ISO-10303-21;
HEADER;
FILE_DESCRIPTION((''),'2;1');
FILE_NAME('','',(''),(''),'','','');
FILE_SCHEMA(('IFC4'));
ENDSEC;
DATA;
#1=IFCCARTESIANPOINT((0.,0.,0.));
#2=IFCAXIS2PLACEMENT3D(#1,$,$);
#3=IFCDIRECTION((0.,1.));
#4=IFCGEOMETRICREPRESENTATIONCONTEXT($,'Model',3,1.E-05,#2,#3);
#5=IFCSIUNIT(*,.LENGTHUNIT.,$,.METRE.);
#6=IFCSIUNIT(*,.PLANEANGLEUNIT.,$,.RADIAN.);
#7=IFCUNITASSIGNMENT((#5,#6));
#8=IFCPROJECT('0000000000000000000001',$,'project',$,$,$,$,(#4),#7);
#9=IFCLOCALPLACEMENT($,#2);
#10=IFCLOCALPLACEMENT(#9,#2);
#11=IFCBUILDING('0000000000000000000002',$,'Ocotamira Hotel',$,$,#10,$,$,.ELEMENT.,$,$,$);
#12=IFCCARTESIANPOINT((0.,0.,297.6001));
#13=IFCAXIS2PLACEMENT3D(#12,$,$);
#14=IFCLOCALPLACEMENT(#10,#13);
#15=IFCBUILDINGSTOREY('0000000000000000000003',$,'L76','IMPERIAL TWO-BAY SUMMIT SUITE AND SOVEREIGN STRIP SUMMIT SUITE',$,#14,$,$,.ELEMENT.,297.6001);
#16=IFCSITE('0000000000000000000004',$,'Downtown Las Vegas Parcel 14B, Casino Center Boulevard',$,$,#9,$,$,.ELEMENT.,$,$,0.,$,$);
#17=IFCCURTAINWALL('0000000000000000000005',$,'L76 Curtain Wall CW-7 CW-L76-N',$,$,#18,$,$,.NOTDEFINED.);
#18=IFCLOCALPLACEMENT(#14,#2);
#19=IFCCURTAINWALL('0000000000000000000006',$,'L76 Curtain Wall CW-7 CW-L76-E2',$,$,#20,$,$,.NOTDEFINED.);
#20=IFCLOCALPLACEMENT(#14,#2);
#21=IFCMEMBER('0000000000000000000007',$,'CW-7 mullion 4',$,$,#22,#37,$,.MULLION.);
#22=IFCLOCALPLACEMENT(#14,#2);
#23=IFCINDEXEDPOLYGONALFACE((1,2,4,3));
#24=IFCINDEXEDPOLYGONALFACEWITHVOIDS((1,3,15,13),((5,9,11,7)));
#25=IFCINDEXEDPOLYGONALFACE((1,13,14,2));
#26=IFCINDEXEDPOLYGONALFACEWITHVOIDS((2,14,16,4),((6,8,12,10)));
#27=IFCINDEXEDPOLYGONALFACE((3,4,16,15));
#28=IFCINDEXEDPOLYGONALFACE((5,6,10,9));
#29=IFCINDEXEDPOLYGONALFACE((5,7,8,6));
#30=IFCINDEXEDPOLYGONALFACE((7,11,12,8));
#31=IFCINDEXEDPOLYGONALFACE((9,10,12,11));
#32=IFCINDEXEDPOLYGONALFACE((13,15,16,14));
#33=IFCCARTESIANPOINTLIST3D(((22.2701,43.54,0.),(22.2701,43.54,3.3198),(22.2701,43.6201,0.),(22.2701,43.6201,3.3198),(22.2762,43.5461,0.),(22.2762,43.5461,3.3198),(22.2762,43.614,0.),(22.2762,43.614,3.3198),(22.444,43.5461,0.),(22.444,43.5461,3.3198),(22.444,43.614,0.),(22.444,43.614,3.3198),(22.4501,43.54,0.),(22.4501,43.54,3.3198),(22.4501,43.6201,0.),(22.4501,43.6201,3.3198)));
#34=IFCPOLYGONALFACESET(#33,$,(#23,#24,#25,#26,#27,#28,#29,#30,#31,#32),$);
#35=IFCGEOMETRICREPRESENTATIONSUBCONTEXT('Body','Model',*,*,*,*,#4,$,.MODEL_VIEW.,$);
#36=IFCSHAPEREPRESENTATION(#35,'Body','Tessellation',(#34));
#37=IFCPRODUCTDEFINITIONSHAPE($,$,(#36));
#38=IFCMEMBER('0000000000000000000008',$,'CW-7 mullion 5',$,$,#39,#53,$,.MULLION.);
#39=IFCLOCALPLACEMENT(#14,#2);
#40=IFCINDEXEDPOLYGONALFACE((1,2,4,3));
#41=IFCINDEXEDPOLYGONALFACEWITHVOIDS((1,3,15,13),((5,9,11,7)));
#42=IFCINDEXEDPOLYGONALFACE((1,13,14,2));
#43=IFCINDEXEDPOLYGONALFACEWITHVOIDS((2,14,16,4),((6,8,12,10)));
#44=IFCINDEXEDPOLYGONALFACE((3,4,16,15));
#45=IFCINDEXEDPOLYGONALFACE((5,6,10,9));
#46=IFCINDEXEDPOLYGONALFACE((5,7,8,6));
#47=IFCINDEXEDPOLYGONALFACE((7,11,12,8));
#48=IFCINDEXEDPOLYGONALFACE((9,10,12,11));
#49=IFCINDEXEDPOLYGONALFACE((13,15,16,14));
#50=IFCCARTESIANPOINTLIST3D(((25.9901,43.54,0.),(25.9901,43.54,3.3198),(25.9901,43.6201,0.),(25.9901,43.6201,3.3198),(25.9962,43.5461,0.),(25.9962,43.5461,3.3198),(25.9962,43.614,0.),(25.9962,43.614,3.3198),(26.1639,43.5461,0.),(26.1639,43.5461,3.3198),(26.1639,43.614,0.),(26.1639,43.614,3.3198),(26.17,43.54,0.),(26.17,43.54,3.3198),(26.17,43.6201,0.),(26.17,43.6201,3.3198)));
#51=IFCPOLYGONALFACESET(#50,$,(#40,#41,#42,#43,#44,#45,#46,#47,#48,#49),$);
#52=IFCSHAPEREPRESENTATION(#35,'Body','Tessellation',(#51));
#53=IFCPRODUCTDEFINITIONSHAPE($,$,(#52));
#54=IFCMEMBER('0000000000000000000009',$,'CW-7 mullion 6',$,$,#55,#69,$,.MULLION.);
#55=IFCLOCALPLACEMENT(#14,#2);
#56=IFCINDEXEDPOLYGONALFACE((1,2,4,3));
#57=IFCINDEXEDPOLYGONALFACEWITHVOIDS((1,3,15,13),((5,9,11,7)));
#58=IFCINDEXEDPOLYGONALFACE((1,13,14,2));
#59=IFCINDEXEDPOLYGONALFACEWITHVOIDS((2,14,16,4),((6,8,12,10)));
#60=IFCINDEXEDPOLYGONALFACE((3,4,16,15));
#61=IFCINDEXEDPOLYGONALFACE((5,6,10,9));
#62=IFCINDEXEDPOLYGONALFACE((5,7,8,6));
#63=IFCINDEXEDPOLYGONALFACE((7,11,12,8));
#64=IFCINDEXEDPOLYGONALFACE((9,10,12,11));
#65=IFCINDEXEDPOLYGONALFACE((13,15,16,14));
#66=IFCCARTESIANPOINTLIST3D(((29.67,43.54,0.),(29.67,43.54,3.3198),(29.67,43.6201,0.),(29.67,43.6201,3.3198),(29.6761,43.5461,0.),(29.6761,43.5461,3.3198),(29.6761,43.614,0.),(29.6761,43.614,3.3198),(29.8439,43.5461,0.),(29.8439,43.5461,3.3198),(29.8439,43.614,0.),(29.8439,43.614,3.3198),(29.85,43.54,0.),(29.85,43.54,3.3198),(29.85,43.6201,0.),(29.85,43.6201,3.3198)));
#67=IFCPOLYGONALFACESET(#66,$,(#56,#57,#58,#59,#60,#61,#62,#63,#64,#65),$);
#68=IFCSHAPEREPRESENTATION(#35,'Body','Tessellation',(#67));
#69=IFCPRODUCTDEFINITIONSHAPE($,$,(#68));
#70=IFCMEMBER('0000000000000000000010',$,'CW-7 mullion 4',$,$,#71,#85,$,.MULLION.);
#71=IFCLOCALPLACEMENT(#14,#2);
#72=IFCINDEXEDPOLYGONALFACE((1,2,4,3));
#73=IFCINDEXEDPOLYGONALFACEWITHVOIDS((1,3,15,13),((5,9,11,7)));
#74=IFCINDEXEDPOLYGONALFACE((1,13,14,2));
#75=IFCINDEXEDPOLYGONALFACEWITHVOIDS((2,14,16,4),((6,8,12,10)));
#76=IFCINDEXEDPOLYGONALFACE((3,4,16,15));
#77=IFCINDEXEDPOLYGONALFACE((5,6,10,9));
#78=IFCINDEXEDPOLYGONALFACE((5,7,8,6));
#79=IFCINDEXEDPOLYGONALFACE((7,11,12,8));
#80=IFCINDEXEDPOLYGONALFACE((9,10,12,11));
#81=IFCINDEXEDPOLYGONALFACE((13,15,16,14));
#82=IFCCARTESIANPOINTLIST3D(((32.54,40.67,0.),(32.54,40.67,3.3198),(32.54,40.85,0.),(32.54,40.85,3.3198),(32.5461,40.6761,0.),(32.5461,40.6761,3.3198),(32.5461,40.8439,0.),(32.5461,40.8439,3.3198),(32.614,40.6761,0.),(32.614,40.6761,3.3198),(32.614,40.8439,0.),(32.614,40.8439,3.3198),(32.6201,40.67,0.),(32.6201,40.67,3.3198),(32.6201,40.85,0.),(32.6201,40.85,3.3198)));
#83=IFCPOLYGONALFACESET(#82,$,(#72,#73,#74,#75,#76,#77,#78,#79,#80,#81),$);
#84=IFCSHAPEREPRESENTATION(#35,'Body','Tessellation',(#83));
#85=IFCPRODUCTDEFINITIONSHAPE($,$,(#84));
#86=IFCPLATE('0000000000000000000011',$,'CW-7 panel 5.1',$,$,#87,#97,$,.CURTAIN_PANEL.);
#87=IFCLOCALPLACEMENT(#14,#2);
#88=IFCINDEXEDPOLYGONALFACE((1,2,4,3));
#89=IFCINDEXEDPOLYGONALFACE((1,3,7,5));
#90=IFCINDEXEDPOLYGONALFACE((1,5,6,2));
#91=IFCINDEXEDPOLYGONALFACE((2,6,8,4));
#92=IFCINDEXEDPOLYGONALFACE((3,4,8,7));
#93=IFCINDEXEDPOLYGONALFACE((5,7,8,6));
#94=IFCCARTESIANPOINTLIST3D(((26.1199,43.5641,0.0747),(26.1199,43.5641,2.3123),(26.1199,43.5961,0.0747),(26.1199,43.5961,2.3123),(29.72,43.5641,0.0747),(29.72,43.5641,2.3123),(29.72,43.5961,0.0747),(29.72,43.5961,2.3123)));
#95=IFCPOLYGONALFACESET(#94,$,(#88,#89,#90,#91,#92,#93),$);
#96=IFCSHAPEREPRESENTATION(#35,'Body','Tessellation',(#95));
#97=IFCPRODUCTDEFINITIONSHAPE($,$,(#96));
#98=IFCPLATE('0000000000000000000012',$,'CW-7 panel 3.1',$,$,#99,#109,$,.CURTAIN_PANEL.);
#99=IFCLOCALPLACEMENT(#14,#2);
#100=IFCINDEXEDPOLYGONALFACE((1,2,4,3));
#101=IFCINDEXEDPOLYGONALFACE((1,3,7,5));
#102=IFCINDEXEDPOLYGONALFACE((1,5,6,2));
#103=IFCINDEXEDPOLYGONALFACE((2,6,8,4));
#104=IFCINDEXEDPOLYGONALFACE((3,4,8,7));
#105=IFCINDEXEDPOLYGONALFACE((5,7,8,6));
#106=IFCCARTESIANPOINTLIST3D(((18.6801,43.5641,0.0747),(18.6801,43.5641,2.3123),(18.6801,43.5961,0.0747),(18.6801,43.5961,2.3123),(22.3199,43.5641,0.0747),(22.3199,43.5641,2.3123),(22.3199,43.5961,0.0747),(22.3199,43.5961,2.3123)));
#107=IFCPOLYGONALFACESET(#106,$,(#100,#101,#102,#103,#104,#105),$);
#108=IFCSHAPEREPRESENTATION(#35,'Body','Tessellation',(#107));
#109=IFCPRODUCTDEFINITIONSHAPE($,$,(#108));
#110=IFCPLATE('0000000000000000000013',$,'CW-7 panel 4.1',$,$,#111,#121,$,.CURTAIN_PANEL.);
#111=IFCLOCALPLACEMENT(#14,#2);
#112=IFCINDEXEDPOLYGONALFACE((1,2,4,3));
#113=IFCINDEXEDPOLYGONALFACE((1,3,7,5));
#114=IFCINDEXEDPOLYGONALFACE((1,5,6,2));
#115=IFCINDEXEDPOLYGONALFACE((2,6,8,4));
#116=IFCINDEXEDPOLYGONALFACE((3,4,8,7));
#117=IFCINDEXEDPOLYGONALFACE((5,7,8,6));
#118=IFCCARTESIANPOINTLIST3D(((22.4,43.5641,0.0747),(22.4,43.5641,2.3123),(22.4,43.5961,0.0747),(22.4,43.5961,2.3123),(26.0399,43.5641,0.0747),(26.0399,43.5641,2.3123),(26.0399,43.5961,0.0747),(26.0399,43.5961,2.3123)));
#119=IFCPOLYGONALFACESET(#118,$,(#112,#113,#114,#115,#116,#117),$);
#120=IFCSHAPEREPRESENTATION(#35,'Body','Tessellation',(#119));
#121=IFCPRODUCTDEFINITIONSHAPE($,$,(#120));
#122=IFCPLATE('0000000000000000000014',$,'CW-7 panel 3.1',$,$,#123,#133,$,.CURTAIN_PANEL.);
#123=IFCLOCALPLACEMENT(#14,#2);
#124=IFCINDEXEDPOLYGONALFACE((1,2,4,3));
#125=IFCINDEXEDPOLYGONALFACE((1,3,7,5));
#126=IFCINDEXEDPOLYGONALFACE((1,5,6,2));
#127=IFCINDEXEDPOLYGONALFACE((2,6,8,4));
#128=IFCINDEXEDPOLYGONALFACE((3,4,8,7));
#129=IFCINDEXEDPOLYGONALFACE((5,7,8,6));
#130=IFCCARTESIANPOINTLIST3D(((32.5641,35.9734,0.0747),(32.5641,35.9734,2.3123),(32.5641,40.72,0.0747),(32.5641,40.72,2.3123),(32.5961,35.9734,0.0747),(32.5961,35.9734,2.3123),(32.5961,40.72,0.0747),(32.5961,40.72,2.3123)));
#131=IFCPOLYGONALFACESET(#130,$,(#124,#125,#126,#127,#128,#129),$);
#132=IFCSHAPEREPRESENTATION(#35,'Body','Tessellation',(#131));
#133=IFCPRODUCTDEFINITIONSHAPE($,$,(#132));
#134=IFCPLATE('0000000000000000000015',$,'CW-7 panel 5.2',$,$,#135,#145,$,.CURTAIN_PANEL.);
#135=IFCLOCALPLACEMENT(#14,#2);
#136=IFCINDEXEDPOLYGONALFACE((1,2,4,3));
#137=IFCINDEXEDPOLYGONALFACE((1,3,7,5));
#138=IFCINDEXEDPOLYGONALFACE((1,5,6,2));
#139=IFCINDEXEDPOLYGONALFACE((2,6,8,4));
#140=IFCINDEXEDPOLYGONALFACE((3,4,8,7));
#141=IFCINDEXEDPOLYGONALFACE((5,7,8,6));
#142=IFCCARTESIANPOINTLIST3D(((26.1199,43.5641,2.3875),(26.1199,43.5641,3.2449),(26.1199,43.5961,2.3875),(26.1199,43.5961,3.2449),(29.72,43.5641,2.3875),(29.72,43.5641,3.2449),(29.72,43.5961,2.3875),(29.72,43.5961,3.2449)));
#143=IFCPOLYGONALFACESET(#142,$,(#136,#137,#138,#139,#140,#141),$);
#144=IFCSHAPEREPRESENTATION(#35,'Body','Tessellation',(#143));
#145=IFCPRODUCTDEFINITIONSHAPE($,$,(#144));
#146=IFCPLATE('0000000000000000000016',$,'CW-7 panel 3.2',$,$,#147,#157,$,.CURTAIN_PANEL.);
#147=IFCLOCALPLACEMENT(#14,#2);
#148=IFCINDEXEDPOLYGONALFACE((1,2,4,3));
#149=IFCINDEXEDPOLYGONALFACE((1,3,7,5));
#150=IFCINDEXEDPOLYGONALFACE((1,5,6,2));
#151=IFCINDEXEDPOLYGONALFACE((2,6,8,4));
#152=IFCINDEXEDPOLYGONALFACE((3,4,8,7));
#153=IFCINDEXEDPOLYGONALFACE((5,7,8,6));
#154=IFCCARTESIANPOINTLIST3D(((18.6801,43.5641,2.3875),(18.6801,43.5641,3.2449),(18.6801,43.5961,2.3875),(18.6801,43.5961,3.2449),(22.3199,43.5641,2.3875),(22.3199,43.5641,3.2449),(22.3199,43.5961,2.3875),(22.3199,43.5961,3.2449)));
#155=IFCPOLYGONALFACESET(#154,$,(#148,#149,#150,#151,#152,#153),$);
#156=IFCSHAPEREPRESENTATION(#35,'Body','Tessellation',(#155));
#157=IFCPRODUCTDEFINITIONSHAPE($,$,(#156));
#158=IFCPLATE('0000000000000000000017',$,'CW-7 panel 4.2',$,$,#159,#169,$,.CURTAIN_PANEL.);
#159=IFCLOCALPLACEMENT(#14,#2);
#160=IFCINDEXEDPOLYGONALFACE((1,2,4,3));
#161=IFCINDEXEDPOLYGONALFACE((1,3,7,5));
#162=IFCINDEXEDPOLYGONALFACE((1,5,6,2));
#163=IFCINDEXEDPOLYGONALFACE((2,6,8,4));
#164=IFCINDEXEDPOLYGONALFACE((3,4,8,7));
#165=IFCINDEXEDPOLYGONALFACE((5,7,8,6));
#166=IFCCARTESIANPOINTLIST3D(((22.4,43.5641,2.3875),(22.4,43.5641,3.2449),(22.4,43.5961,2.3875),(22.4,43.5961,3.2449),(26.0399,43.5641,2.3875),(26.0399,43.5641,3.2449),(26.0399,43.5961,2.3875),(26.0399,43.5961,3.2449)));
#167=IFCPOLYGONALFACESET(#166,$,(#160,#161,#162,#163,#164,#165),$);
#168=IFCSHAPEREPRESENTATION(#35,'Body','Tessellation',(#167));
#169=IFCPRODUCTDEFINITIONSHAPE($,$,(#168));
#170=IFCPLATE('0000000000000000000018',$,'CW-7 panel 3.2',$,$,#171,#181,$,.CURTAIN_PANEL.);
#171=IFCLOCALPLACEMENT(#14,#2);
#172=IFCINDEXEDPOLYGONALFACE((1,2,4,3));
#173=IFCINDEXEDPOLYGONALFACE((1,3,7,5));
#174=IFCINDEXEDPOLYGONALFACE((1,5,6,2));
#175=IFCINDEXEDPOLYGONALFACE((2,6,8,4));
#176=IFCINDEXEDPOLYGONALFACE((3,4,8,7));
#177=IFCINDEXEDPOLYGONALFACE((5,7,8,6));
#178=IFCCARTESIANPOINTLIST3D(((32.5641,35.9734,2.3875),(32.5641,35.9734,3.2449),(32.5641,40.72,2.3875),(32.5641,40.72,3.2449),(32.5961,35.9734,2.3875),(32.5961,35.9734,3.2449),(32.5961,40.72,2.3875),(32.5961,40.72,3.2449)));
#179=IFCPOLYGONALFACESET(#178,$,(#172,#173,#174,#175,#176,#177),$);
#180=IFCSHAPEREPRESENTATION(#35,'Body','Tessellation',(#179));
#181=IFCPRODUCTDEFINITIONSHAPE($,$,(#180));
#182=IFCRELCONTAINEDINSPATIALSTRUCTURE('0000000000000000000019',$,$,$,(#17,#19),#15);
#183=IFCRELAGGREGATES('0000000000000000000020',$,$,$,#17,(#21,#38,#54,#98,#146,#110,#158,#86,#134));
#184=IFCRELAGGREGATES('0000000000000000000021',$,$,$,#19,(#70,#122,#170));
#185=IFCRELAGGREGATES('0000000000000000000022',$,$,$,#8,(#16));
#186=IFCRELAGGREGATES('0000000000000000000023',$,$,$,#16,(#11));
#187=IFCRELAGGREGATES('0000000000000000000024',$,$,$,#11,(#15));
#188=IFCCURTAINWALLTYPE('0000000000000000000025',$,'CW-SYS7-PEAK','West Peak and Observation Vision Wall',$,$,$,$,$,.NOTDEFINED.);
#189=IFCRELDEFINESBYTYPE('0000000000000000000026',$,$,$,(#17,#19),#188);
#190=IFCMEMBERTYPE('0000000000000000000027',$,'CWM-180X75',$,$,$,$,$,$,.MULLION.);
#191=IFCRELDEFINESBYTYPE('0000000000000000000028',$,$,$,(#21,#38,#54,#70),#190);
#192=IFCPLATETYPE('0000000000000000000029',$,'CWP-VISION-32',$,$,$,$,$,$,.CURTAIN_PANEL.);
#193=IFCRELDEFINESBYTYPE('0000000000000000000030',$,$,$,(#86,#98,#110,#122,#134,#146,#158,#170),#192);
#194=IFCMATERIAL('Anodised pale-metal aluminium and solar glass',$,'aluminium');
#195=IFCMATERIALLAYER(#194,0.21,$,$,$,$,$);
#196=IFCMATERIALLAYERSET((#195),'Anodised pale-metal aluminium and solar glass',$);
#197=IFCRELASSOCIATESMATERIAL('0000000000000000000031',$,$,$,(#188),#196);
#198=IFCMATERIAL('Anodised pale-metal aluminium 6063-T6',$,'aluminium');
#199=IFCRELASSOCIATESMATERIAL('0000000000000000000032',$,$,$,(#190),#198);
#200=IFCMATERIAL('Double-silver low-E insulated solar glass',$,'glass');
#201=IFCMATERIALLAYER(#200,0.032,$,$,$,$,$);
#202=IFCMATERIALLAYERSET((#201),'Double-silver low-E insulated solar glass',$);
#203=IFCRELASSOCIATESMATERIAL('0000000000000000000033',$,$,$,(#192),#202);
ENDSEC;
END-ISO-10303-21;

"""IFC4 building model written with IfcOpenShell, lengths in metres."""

from ifc_helpers import new_model, si_unit, direction, frame, origin, origin_2d, place, context, subcontext, project, spatial, rectangle, hollow_rectangle, extrude, source, transform, mapped, material, layer, layer_set, material_profile, profile_set, type_object, element, aggregate, save


model = new_model("IFC4")

# Units and contexts
model_context = context("Model", 3, precision=1e-05, world=origin(), true_north=direction((0.0, 1.0)))
body_context = subcontext(model_context, "Body", "Model", "MODEL_VIEW")
ifc_project = project(units=[si_unit("LENGTHUNIT", "METRE"), si_unit("PLANEANGLEUNIT", "RADIAN")], contexts=[model_context])

# Site, building, storey
site_placement = place(None, origin())
site = spatial("IfcSite", under=ifc_project, at=site_placement, Name="Downtown Las Vegas Parcel 14B, Casino Center Boulevard", CompositionType="ELEMENT", RefElevation=0.0)
building_placement = place(site_placement, origin())
building = spatial("IfcBuilding", under=site, at=building_placement, Name="Ocotamira Hotel", CompositionType="ELEMENT")
storey_placement = place(building_placement, frame((0.0, 0.0, 297.6001)))
storey = spatial("IfcBuildingStorey", under=building, at=storey_placement, Name="L76", Description="IMPERIAL TWO-BAY SUMMIT SUITE AND SOVEREIGN STRIP SUMMIT SUITE", CompositionType="ELEMENT", Elevation=297.6001)

# Curtain walls
ifc_material_1 = material(Name="Anodised pale-metal aluminium and solar glass", Category="aluminium")
ifc_layer_1 = layer(ifc_material_1, 0.21)
ifc_layer_set_1 = layer_set([ifc_layer_1], Name="Anodised pale-metal aluminium and solar glass")
curtain_wall_type = type_object("IfcCurtainWallType", Name="CW-SYS7-PEAK", Description="West Peak and Observation Vision Wall", PredefinedType="NOTDEFINED", material=ifc_layer_set_1)
curtain_wall_1_placement = place(storey_placement, origin())
curtain_wall_1 = element("IfcCurtainWall", 1, at=curtain_wall_1_placement, inside=storey, type_object=curtain_wall_type, Name="L76 Curtain Wall CW-7 CW-L76-N", PredefinedType="NOTDEFINED")
ifc_material_2 = material(Name="Anodised pale-metal aluminium 6063-T6", Category="aluminium")
curtain_wall_2_placement = place(storey_placement, origin())
curtain_wall_2 = element("IfcCurtainWall", 2, at=curtain_wall_2_placement, inside=storey, type_object=curtain_wall_type, Name="L76 Curtain Wall CW-7 CW-L76-E2", PredefinedType="NOTDEFINED")

# Members
ifc_material_profile_1 = material_profile(ifc_material_2, hollow_rectangle(XDim=0.0801, YDim=0.1799, WallThickness=0.0061, at=origin_2d()), Name="HSS180X80X6")
ifc_profile_set_1 = profile_set([ifc_material_profile_1], Name="Anodised pale-metal aluminium 6063-T6")
member_type_1 = type_object("IfcMemberType", Name="CWM-180X75", PredefinedType="MULLION", material=ifc_profile_set_1)
shared_shape_1 = source(origin(), body_context, "Body", "SweptSolid", [
    extrude(hollow_rectangle(XDim=0.0801, YDim=0.1799, WallThickness=0.0061, at=origin_2d()), origin(), (0.0, 0.0, 1.0), 3.3198),
])
member_1_placement = place(storey_placement, frame((22.3601, 43.5801, 0.0), z_axis=(0.0, 0.0, 1.0), x_axis=(0.0, 1.0, 0.0)))
member_1 = element("IfcMember", 3, at=member_1_placement, type_object=member_type_1, Name="CW-7 mullion 4", PredefinedType="MULLION", context=body_context, shape_type="MappedRepresentation", body=[
    mapped(shared_shape_1, transform((0.0, 0.0, 0.0), scale=1.0)),
])
member_2_placement = place(storey_placement, frame((26.0801, 43.5801, 0.0), z_axis=(0.0, 0.0, 1.0), x_axis=(0.0, 1.0, 0.0)))
member_2 = element("IfcMember", 4, at=member_2_placement, type_object=member_type_1, Name="CW-7 mullion 5", PredefinedType="MULLION", context=body_context, shape_type="MappedRepresentation", body=[
    mapped(shared_shape_1, transform((0.0, 0.0, 0.0), scale=1.0)),
])
member_3_placement = place(storey_placement, frame((29.76, 43.5801, 0.0), z_axis=(0.0, 0.0, 1.0), x_axis=(0.0, 1.0, 0.0)))
member_3 = element("IfcMember", 5, at=member_3_placement, type_object=member_type_1, Name="CW-7 mullion 6", PredefinedType="MULLION", context=body_context, shape_type="MappedRepresentation", body=[
    mapped(shared_shape_1, transform((0.0, 0.0, 0.0), scale=1.0)),
])
member_4_placement = place(storey_placement, frame((32.5801, 40.76, 0.0), z_axis=(0.0, 0.0, 1.0), x_axis=(-1.0, 0.0, 0.0)))
member_4 = element("IfcMember", 6, at=member_4_placement, type_object=member_type_1, Name="CW-7 mullion 4", PredefinedType="MULLION", context=body_context, shape_type="MappedRepresentation", body=[
    mapped(shared_shape_1, transform((0.0, 0.0, 0.0), scale=1.0)),
])

# Plates
ifc_material_3 = material(Name="Double-silver low-E insulated solar glass", Category="glass")
ifc_layer_2 = layer(ifc_material_3, 0.032)
ifc_layer_set_2 = layer_set([ifc_layer_2], Name="Double-silver low-E insulated solar glass")
plate_type = type_object("IfcPlateType", Name="CWP-VISION-32", PredefinedType="CURTAIN_PANEL", material=ifc_layer_set_2)
shared_shape_2 = source(origin(), body_context, "Body", "SweptSolid", [
    extrude(rectangle(XDim=3.6001, YDim=0.032, at=origin_2d()), origin(), (0.0, 0.0, 1.0), 2.2375),
])
plate_1_placement = place(storey_placement, frame((27.9199, 43.5801, 0.0747), z_axis=(0.0, 0.0, 1.0), x_axis=(1.0, 0.0, 0.0)))
plate_1 = element("IfcPlate", 7, at=plate_1_placement, type_object=plate_type, Name="CW-7 panel 5.1", PredefinedType="CURTAIN_PANEL", context=body_context, shape_type="MappedRepresentation", body=[
    mapped(shared_shape_2, transform((0.0, 0.0, 0.0), scale=1.0)),
])
shared_shape_3 = source(origin(), body_context, "Body", "SweptSolid", [
    extrude(rectangle(XDim=3.6399, YDim=0.032, at=origin_2d()), origin(), (0.0, 0.0, 1.0), 2.2375),
])
plate_2_placement = place(storey_placement, frame((20.5, 43.5801, 0.0747), z_axis=(0.0, 0.0, 1.0), x_axis=(1.0, 0.0, 0.0)))
plate_2 = element("IfcPlate", 8, at=plate_2_placement, type_object=plate_type, Name="CW-7 panel 3.1", PredefinedType="CURTAIN_PANEL", context=body_context, shape_type="MappedRepresentation", body=[
    mapped(shared_shape_3, transform((0.0, 0.0, 0.0), scale=1.0)),
])
plate_3_placement = place(storey_placement, frame((24.22, 43.5801, 0.0747), z_axis=(0.0, 0.0, 1.0), x_axis=(1.0, 0.0, 0.0)))
plate_3 = element("IfcPlate", 9, at=plate_3_placement, type_object=plate_type, Name="CW-7 panel 4.1", PredefinedType="CURTAIN_PANEL", context=body_context, shape_type="MappedRepresentation", body=[
    mapped(shared_shape_3, transform((0.0, 0.0, 0.0), scale=1.0)),
])
shared_shape_4 = source(origin(), body_context, "Body", "SweptSolid", [
    extrude(rectangle(XDim=4.7466, YDim=0.032, at=origin_2d()), origin(), (0.0, 0.0, 1.0), 2.2375),
])
plate_4_placement = place(storey_placement, frame((32.5801, 38.3467, 0.0747), z_axis=(0.0, 0.0, 1.0), x_axis=(0.0, 1.0, 0.0)))
plate_4 = element("IfcPlate", 10, at=plate_4_placement, type_object=plate_type, Name="CW-7 panel 3.1", PredefinedType="CURTAIN_PANEL", context=body_context, shape_type="MappedRepresentation", body=[
    mapped(shared_shape_4, transform((0.0, 0.0, 0.0), scale=1.0)),
])
shared_shape_5 = source(origin(), body_context, "Body", "SweptSolid", [
    extrude(rectangle(XDim=3.6001, YDim=0.032, at=origin_2d()), origin(), (0.0, 0.0, 1.0), 0.8574),
])
plate_5_placement = place(storey_placement, frame((27.9199, 43.5801, 2.3875), z_axis=(0.0, 0.0, 1.0), x_axis=(1.0, 0.0, 0.0)))
plate_5 = element("IfcPlate", 11, at=plate_5_placement, type_object=plate_type, Name="CW-7 panel 5.2", PredefinedType="CURTAIN_PANEL", context=body_context, shape_type="MappedRepresentation", body=[
    mapped(shared_shape_5, transform((0.0, 0.0, 0.0), scale=1.0)),
])
shared_shape_6 = source(origin(), body_context, "Body", "SweptSolid", [
    extrude(rectangle(XDim=3.6399, YDim=0.032, at=origin_2d()), origin(), (0.0, 0.0, 1.0), 0.8574),
])
plate_6_placement = place(storey_placement, frame((20.5, 43.5801, 2.3875), z_axis=(0.0, 0.0, 1.0), x_axis=(1.0, 0.0, 0.0)))
plate_6 = element("IfcPlate", 12, at=plate_6_placement, type_object=plate_type, Name="CW-7 panel 3.2", PredefinedType="CURTAIN_PANEL", context=body_context, shape_type="MappedRepresentation", body=[
    mapped(shared_shape_6, transform((0.0, 0.0, 0.0), scale=1.0)),
])
plate_7_placement = place(storey_placement, frame((24.22, 43.5801, 2.3875), z_axis=(0.0, 0.0, 1.0), x_axis=(1.0, 0.0, 0.0)))
plate_7 = element("IfcPlate", 13, at=plate_7_placement, type_object=plate_type, Name="CW-7 panel 4.2", PredefinedType="CURTAIN_PANEL", context=body_context, shape_type="MappedRepresentation", body=[
    mapped(shared_shape_6, transform((0.0, 0.0, 0.0), scale=1.0)),
])
aggregate(curtain_wall_1, [member_1, member_2, member_3, plate_2, plate_6, plate_3, plate_7, plate_1, plate_5])
shared_shape_7 = source(origin(), body_context, "Body", "SweptSolid", [
    extrude(rectangle(XDim=4.7466, YDim=0.032, at=origin_2d()), origin(), (0.0, 0.0, 1.0), 0.8574),
])
plate_8_placement = place(storey_placement, frame((32.5801, 38.3467, 2.3875), z_axis=(0.0, 0.0, 1.0), x_axis=(0.0, 1.0, 0.0)))
plate_8 = element("IfcPlate", 14, at=plate_8_placement, type_object=plate_type, Name="CW-7 panel 3.2", PredefinedType="CURTAIN_PANEL", context=body_context, shape_type="MappedRepresentation", body=[
    mapped(shared_shape_7, transform((0.0, 0.0, 0.0), scale=1.0)),
])
aggregate(curtain_wall_2, [member_4, plate_4, plate_8])

save(model, "model.ifc")
